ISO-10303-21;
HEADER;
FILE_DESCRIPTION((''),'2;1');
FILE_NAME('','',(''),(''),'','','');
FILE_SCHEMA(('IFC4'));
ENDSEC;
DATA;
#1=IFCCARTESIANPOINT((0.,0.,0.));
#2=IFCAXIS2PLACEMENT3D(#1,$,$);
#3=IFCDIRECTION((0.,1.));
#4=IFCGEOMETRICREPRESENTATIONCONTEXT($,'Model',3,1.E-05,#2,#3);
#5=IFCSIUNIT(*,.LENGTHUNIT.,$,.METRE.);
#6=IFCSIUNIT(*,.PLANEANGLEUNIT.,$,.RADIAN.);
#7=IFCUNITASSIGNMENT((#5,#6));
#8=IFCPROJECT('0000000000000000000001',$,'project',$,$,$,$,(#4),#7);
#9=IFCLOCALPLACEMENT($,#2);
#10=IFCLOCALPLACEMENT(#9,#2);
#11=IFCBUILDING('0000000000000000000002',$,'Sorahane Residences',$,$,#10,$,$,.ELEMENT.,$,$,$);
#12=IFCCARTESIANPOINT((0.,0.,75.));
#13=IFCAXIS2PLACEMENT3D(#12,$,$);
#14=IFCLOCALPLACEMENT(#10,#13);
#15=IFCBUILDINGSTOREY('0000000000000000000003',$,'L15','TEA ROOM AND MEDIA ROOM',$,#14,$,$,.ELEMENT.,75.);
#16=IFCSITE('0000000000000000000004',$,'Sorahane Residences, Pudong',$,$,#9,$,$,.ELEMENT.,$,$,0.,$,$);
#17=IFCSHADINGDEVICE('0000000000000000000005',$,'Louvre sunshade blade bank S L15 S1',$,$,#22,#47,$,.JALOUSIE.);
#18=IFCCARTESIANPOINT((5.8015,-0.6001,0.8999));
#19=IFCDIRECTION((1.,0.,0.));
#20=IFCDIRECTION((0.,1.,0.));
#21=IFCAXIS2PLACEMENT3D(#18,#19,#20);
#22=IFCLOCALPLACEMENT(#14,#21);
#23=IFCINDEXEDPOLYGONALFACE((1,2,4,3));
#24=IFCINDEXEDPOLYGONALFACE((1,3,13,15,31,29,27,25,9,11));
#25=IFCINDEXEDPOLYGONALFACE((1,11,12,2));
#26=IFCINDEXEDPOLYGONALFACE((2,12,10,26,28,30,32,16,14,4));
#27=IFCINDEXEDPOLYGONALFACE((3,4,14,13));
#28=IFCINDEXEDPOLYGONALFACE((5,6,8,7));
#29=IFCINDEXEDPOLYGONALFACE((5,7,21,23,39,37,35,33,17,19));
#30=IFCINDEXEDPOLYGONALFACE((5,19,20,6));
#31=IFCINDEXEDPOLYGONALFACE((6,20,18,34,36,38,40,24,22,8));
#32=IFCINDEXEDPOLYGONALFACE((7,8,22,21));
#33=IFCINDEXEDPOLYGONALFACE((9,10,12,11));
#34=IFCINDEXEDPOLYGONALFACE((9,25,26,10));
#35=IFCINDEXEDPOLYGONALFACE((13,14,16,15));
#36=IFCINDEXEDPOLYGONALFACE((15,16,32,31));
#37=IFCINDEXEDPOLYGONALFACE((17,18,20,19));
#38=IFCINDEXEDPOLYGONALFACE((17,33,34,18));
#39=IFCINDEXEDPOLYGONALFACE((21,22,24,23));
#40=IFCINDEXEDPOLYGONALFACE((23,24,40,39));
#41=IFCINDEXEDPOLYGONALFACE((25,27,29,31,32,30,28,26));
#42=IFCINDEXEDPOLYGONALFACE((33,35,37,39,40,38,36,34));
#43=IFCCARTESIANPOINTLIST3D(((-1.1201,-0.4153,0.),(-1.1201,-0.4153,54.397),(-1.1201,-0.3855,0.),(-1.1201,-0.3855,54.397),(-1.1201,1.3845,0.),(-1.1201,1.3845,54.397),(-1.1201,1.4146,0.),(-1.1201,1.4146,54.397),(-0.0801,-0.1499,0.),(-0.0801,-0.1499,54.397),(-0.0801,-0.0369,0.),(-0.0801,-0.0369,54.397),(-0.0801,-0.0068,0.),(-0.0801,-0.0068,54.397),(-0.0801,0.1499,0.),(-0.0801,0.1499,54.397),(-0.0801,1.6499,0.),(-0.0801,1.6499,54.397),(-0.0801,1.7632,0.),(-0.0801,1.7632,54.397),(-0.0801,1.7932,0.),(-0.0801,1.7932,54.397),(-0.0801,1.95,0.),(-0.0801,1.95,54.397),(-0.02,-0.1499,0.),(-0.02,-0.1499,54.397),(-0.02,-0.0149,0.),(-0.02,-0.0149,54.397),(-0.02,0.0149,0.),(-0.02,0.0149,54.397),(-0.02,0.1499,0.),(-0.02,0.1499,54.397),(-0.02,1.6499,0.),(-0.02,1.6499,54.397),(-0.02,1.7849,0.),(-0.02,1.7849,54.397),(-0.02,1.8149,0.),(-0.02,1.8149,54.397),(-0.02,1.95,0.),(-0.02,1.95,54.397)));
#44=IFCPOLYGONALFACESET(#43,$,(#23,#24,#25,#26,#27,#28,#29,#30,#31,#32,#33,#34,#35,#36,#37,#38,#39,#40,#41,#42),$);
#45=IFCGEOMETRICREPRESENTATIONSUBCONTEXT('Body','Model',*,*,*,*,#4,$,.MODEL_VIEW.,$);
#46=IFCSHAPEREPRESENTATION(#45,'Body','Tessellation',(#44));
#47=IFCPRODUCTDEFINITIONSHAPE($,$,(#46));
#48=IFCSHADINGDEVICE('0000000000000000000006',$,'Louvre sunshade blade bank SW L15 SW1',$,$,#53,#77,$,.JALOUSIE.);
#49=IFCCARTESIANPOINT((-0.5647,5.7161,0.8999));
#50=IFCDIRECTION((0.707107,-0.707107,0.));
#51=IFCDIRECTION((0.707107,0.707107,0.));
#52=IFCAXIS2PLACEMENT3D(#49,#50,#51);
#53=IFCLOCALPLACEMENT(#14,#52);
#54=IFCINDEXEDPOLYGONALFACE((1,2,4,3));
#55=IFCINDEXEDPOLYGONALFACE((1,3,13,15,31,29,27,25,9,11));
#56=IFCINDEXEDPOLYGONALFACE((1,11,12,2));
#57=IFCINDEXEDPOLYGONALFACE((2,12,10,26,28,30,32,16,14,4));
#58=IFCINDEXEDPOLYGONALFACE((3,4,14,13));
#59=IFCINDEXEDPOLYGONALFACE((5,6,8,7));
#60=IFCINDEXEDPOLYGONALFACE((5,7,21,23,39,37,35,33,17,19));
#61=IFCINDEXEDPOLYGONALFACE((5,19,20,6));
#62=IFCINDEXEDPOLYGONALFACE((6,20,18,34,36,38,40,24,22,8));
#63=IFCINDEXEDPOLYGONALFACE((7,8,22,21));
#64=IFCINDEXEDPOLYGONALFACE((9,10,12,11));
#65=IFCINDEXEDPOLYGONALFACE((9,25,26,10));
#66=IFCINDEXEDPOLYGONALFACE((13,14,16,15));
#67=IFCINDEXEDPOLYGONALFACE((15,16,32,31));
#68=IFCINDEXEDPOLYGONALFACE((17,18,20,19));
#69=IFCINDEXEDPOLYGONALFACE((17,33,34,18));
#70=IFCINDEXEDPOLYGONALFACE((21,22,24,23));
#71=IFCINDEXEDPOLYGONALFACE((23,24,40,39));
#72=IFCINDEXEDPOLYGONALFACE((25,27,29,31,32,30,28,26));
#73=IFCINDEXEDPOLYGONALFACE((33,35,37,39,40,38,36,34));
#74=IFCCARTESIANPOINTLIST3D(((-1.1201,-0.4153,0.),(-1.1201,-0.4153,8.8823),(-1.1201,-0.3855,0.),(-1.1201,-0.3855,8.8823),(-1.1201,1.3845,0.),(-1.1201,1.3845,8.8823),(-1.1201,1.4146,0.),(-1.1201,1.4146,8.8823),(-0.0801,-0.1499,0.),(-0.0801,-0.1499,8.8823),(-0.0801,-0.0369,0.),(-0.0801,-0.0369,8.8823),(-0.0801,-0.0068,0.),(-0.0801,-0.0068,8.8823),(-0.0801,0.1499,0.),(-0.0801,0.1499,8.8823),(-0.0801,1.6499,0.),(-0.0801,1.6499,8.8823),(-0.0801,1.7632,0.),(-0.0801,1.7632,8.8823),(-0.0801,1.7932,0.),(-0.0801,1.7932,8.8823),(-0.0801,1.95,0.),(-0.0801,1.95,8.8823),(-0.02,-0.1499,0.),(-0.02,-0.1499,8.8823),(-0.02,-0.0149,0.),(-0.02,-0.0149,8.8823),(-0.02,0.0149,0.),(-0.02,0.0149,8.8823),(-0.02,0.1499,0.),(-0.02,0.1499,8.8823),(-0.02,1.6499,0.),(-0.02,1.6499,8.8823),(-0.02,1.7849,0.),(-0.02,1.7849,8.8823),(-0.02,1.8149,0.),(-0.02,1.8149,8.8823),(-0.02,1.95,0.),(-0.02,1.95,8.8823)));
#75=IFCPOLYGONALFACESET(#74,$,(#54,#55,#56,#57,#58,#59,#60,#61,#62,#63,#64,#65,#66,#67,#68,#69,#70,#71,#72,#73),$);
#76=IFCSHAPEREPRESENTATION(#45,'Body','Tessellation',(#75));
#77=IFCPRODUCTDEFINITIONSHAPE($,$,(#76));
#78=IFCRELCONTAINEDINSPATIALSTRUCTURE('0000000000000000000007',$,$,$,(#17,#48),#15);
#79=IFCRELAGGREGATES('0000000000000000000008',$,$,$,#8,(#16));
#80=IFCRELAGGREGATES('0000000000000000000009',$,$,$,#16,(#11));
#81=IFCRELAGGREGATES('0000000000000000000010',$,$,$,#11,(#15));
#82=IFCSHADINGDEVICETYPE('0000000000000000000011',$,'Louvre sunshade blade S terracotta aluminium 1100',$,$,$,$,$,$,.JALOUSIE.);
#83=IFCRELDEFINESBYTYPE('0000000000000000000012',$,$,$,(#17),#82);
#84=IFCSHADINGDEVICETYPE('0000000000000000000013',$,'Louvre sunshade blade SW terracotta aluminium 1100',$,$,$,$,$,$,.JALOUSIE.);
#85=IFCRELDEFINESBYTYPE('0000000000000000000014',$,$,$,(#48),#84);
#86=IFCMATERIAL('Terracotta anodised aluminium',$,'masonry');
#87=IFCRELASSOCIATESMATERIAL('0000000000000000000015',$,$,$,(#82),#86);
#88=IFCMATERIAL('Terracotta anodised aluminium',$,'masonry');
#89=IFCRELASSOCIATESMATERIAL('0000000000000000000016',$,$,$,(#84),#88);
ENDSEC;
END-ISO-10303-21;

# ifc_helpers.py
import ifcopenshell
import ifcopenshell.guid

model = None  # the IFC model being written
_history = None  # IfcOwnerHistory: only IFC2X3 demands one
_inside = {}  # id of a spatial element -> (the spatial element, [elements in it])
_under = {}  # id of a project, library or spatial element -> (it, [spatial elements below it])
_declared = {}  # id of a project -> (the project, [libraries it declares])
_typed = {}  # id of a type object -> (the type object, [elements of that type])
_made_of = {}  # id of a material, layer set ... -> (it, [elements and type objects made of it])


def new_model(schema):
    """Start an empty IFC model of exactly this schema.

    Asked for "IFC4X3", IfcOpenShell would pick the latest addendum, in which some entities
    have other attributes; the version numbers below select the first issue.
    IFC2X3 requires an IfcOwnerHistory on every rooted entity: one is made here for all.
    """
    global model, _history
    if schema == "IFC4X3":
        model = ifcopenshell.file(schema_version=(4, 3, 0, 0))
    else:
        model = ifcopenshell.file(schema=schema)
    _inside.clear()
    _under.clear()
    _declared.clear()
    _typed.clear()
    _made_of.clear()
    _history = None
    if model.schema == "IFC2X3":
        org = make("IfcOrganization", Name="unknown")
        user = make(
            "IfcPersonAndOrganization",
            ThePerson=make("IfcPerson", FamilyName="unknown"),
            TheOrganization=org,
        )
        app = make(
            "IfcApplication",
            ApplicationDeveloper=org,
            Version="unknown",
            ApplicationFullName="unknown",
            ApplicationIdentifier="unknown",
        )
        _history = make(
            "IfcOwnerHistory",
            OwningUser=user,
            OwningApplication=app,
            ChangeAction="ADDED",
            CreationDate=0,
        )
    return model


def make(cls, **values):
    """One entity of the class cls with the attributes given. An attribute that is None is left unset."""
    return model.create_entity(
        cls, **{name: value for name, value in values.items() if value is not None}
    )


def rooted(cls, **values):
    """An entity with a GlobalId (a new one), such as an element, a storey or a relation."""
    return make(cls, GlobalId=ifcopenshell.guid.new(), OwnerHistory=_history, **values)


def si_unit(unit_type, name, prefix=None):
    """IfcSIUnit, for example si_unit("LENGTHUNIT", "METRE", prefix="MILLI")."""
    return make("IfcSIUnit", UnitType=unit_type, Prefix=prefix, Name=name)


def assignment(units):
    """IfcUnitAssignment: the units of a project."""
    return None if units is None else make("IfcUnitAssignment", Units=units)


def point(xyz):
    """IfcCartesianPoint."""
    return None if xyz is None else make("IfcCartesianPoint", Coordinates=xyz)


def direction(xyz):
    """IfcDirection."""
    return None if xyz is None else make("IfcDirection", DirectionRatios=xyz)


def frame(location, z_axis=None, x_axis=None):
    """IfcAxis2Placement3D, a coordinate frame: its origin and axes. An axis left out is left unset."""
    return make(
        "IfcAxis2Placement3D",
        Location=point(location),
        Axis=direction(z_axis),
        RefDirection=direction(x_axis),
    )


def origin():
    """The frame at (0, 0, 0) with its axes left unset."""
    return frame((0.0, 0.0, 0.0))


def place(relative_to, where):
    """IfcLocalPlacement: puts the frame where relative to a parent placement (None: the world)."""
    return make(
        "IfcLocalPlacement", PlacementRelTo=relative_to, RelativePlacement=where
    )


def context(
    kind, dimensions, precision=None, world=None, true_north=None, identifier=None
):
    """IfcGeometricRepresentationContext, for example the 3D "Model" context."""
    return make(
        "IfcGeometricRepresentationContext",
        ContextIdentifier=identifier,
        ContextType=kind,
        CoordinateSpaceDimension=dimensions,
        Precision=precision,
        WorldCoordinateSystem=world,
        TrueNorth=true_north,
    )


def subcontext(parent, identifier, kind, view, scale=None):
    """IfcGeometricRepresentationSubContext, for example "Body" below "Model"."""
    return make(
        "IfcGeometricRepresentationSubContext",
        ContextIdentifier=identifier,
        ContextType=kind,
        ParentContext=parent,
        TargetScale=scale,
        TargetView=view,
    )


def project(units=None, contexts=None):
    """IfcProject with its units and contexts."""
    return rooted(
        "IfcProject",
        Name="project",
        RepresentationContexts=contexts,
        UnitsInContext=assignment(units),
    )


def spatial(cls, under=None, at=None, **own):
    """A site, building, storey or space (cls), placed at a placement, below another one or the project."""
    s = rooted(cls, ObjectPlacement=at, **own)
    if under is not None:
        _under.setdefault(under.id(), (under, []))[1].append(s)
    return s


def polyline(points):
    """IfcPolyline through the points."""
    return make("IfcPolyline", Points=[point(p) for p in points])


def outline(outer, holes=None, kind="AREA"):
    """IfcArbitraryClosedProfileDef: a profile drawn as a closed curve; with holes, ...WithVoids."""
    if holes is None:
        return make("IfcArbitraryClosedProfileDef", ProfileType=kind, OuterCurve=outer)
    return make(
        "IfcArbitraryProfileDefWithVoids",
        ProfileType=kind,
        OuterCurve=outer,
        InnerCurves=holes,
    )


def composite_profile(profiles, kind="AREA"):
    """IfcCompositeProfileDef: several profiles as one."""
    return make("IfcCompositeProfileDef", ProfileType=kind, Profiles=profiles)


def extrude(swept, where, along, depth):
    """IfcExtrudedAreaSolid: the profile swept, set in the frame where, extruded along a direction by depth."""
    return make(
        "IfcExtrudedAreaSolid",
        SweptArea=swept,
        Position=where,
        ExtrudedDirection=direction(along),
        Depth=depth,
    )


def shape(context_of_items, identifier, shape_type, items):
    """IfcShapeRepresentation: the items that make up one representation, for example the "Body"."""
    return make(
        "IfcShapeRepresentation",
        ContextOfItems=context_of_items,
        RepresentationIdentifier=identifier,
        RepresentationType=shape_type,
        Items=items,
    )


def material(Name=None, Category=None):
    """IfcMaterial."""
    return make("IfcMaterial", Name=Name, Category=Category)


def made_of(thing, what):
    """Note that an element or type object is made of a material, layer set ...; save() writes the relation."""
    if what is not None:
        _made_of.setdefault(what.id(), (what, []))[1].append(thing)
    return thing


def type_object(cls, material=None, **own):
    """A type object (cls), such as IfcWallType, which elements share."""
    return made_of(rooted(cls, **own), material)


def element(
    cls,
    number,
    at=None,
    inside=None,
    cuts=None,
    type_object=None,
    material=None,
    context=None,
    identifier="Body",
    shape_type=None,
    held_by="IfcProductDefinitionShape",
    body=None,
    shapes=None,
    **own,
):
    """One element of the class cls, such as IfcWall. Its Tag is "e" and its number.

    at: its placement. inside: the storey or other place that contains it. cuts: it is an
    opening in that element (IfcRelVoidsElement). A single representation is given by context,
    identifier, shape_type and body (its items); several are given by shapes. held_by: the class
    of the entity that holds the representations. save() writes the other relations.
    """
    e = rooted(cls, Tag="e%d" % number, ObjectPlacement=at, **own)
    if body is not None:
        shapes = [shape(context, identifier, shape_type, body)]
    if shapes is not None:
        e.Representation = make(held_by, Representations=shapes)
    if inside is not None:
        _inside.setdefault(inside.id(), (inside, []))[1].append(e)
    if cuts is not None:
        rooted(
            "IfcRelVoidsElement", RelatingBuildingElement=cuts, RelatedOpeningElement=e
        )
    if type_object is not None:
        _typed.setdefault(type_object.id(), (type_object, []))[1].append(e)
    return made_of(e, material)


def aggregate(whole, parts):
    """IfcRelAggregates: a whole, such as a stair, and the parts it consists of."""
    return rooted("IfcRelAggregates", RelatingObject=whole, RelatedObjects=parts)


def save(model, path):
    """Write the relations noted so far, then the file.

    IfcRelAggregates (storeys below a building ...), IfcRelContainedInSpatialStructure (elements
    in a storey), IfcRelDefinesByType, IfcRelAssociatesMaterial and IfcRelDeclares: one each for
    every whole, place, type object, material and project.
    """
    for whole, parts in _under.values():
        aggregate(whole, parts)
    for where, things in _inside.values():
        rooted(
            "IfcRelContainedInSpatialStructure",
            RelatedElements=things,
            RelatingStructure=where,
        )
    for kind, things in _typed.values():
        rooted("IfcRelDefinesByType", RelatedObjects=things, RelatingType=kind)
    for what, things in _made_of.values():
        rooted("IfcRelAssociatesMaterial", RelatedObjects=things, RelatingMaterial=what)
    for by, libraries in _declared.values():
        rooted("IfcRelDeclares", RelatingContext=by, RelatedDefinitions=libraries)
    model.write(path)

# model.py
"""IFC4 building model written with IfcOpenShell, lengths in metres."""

from ifc_helpers import new_model, si_unit, direction, frame, origin, place, context, subcontext, project, spatial, polyline, outline, composite_profile, extrude, material, type_object, element, save


model = new_model("IFC4")

# Units and contexts
model_context = context("Model", 3, precision=1e-05, world=origin(), true_north=direction((0.0, 1.0)))
body_context = subcontext(model_context, "Body", "Model", "MODEL_VIEW")
ifc_project = project(units=[si_unit("LENGTHUNIT", "METRE"), si_unit("PLANEANGLEUNIT", "RADIAN")], contexts=[model_context])

# Site, building, storey
site_placement = place(None, origin())
site = spatial("IfcSite", under=ifc_project, at=site_placement, Name="Sorahane Residences, Pudong", CompositionType="ELEMENT", RefElevation=0.0)
building_placement = place(site_placement, origin())
building = spatial("IfcBuilding", under=site, at=building_placement, Name="Sorahane Residences", CompositionType="ELEMENT")
storey_placement = place(building_placement, frame((0.0, 0.0, 75.0)))
storey = spatial("IfcBuildingStorey", under=building, at=storey_placement, Name="L15", Description="TEA ROOM AND MEDIA ROOM", CompositionType="ELEMENT", Elevation=75.0)

# Shading devices
ifc_material_1 = material(Name="Terracotta anodised aluminium", Category="masonry")
shading_device_type_1 = type_object("IfcShadingDeviceType", Name="Louvre sunshade blade S terracotta aluminium 1100", PredefinedType="JALOUSIE", material=ifc_material_1)
shading_device_1_placement = place(storey_placement, frame((5.8015, -0.6001, 0.8999), z_axis=(1.0, 0.0, 0.0), x_axis=(0.0, 1.0, 0.0)))
element("IfcShadingDevice", 1, at=shading_device_1_placement, inside=storey, type_object=shading_device_type_1, Name="Louvre sunshade blade bank S L15 S1", PredefinedType="JALOUSIE", context=body_context, shape_type="SweptSolid", body=[
    extrude(composite_profile([outline(polyline([(-1.1201, -0.3855), (-1.1201, -0.4153), (-0.0801, -0.0369), (-0.0801, -0.1499), (-0.02, -0.1499), (-0.02, -0.0149), (-0.02, 0.0149), (-0.02, 0.1499), (-0.0801, 0.1499), (-0.0801, -0.0068), (-1.1201, -0.3855)])), outline(polyline([(-1.1201, 1.4146), (-1.1201, 1.3845), (-0.0801, 1.7632), (-0.0801, 1.6499), (-0.02, 1.6499), (-0.02, 1.7849), (-0.02, 1.8149), (-0.02, 1.95), (-0.0801, 1.95), (-0.0801, 1.7932), (-1.1201, 1.4146)]))]), origin(), (0.0, 0.0, 1.0), 54.397),
])
ifc_material_2 = material(Name="Terracotta anodised aluminium", Category="masonry")
shading_device_type_2 = type_object("IfcShadingDeviceType", Name="Louvre sunshade blade SW terracotta aluminium 1100", PredefinedType="JALOUSIE", material=ifc_material_2)
shading_device_2_placement = place(storey_placement, frame((-0.5647, 5.7161, 0.8999), z_axis=(0.707107, -0.707107, 0.0), x_axis=(0.707107, 0.707107, 0.0)))
element("IfcShadingDevice", 2, at=shading_device_2_placement, inside=storey, type_object=shading_device_type_2, Name="Louvre sunshade blade bank SW L15 SW1", PredefinedType="JALOUSIE", context=body_context, shape_type="SweptSolid", body=[
    extrude(composite_profile([outline(polyline([(-1.1201, -0.3855), (-1.1201, -0.4153), (-0.0801, -0.0369), (-0.0801, -0.1499), (-0.02, -0.1499), (-0.02, -0.0149), (-0.02, 0.0149), (-0.02, 0.1499), (-0.0801, 0.1499), (-0.0801, -0.0068), (-1.1201, -0.3855)])), outline(polyline([(-1.1201, 1.4146), (-1.1201, 1.3845), (-0.0801, 1.7632), (-0.0801, 1.6499), (-0.02, 1.6499), (-0.02, 1.7849), (-0.02, 1.8149), (-0.02, 1.95), (-0.0801, 1.95), (-0.0801, 1.7932), (-1.1201, 1.4146)]))]), origin(), (0.0, 0.0, 1.0), 8.8823),
])

save(model, "model.ifc")
